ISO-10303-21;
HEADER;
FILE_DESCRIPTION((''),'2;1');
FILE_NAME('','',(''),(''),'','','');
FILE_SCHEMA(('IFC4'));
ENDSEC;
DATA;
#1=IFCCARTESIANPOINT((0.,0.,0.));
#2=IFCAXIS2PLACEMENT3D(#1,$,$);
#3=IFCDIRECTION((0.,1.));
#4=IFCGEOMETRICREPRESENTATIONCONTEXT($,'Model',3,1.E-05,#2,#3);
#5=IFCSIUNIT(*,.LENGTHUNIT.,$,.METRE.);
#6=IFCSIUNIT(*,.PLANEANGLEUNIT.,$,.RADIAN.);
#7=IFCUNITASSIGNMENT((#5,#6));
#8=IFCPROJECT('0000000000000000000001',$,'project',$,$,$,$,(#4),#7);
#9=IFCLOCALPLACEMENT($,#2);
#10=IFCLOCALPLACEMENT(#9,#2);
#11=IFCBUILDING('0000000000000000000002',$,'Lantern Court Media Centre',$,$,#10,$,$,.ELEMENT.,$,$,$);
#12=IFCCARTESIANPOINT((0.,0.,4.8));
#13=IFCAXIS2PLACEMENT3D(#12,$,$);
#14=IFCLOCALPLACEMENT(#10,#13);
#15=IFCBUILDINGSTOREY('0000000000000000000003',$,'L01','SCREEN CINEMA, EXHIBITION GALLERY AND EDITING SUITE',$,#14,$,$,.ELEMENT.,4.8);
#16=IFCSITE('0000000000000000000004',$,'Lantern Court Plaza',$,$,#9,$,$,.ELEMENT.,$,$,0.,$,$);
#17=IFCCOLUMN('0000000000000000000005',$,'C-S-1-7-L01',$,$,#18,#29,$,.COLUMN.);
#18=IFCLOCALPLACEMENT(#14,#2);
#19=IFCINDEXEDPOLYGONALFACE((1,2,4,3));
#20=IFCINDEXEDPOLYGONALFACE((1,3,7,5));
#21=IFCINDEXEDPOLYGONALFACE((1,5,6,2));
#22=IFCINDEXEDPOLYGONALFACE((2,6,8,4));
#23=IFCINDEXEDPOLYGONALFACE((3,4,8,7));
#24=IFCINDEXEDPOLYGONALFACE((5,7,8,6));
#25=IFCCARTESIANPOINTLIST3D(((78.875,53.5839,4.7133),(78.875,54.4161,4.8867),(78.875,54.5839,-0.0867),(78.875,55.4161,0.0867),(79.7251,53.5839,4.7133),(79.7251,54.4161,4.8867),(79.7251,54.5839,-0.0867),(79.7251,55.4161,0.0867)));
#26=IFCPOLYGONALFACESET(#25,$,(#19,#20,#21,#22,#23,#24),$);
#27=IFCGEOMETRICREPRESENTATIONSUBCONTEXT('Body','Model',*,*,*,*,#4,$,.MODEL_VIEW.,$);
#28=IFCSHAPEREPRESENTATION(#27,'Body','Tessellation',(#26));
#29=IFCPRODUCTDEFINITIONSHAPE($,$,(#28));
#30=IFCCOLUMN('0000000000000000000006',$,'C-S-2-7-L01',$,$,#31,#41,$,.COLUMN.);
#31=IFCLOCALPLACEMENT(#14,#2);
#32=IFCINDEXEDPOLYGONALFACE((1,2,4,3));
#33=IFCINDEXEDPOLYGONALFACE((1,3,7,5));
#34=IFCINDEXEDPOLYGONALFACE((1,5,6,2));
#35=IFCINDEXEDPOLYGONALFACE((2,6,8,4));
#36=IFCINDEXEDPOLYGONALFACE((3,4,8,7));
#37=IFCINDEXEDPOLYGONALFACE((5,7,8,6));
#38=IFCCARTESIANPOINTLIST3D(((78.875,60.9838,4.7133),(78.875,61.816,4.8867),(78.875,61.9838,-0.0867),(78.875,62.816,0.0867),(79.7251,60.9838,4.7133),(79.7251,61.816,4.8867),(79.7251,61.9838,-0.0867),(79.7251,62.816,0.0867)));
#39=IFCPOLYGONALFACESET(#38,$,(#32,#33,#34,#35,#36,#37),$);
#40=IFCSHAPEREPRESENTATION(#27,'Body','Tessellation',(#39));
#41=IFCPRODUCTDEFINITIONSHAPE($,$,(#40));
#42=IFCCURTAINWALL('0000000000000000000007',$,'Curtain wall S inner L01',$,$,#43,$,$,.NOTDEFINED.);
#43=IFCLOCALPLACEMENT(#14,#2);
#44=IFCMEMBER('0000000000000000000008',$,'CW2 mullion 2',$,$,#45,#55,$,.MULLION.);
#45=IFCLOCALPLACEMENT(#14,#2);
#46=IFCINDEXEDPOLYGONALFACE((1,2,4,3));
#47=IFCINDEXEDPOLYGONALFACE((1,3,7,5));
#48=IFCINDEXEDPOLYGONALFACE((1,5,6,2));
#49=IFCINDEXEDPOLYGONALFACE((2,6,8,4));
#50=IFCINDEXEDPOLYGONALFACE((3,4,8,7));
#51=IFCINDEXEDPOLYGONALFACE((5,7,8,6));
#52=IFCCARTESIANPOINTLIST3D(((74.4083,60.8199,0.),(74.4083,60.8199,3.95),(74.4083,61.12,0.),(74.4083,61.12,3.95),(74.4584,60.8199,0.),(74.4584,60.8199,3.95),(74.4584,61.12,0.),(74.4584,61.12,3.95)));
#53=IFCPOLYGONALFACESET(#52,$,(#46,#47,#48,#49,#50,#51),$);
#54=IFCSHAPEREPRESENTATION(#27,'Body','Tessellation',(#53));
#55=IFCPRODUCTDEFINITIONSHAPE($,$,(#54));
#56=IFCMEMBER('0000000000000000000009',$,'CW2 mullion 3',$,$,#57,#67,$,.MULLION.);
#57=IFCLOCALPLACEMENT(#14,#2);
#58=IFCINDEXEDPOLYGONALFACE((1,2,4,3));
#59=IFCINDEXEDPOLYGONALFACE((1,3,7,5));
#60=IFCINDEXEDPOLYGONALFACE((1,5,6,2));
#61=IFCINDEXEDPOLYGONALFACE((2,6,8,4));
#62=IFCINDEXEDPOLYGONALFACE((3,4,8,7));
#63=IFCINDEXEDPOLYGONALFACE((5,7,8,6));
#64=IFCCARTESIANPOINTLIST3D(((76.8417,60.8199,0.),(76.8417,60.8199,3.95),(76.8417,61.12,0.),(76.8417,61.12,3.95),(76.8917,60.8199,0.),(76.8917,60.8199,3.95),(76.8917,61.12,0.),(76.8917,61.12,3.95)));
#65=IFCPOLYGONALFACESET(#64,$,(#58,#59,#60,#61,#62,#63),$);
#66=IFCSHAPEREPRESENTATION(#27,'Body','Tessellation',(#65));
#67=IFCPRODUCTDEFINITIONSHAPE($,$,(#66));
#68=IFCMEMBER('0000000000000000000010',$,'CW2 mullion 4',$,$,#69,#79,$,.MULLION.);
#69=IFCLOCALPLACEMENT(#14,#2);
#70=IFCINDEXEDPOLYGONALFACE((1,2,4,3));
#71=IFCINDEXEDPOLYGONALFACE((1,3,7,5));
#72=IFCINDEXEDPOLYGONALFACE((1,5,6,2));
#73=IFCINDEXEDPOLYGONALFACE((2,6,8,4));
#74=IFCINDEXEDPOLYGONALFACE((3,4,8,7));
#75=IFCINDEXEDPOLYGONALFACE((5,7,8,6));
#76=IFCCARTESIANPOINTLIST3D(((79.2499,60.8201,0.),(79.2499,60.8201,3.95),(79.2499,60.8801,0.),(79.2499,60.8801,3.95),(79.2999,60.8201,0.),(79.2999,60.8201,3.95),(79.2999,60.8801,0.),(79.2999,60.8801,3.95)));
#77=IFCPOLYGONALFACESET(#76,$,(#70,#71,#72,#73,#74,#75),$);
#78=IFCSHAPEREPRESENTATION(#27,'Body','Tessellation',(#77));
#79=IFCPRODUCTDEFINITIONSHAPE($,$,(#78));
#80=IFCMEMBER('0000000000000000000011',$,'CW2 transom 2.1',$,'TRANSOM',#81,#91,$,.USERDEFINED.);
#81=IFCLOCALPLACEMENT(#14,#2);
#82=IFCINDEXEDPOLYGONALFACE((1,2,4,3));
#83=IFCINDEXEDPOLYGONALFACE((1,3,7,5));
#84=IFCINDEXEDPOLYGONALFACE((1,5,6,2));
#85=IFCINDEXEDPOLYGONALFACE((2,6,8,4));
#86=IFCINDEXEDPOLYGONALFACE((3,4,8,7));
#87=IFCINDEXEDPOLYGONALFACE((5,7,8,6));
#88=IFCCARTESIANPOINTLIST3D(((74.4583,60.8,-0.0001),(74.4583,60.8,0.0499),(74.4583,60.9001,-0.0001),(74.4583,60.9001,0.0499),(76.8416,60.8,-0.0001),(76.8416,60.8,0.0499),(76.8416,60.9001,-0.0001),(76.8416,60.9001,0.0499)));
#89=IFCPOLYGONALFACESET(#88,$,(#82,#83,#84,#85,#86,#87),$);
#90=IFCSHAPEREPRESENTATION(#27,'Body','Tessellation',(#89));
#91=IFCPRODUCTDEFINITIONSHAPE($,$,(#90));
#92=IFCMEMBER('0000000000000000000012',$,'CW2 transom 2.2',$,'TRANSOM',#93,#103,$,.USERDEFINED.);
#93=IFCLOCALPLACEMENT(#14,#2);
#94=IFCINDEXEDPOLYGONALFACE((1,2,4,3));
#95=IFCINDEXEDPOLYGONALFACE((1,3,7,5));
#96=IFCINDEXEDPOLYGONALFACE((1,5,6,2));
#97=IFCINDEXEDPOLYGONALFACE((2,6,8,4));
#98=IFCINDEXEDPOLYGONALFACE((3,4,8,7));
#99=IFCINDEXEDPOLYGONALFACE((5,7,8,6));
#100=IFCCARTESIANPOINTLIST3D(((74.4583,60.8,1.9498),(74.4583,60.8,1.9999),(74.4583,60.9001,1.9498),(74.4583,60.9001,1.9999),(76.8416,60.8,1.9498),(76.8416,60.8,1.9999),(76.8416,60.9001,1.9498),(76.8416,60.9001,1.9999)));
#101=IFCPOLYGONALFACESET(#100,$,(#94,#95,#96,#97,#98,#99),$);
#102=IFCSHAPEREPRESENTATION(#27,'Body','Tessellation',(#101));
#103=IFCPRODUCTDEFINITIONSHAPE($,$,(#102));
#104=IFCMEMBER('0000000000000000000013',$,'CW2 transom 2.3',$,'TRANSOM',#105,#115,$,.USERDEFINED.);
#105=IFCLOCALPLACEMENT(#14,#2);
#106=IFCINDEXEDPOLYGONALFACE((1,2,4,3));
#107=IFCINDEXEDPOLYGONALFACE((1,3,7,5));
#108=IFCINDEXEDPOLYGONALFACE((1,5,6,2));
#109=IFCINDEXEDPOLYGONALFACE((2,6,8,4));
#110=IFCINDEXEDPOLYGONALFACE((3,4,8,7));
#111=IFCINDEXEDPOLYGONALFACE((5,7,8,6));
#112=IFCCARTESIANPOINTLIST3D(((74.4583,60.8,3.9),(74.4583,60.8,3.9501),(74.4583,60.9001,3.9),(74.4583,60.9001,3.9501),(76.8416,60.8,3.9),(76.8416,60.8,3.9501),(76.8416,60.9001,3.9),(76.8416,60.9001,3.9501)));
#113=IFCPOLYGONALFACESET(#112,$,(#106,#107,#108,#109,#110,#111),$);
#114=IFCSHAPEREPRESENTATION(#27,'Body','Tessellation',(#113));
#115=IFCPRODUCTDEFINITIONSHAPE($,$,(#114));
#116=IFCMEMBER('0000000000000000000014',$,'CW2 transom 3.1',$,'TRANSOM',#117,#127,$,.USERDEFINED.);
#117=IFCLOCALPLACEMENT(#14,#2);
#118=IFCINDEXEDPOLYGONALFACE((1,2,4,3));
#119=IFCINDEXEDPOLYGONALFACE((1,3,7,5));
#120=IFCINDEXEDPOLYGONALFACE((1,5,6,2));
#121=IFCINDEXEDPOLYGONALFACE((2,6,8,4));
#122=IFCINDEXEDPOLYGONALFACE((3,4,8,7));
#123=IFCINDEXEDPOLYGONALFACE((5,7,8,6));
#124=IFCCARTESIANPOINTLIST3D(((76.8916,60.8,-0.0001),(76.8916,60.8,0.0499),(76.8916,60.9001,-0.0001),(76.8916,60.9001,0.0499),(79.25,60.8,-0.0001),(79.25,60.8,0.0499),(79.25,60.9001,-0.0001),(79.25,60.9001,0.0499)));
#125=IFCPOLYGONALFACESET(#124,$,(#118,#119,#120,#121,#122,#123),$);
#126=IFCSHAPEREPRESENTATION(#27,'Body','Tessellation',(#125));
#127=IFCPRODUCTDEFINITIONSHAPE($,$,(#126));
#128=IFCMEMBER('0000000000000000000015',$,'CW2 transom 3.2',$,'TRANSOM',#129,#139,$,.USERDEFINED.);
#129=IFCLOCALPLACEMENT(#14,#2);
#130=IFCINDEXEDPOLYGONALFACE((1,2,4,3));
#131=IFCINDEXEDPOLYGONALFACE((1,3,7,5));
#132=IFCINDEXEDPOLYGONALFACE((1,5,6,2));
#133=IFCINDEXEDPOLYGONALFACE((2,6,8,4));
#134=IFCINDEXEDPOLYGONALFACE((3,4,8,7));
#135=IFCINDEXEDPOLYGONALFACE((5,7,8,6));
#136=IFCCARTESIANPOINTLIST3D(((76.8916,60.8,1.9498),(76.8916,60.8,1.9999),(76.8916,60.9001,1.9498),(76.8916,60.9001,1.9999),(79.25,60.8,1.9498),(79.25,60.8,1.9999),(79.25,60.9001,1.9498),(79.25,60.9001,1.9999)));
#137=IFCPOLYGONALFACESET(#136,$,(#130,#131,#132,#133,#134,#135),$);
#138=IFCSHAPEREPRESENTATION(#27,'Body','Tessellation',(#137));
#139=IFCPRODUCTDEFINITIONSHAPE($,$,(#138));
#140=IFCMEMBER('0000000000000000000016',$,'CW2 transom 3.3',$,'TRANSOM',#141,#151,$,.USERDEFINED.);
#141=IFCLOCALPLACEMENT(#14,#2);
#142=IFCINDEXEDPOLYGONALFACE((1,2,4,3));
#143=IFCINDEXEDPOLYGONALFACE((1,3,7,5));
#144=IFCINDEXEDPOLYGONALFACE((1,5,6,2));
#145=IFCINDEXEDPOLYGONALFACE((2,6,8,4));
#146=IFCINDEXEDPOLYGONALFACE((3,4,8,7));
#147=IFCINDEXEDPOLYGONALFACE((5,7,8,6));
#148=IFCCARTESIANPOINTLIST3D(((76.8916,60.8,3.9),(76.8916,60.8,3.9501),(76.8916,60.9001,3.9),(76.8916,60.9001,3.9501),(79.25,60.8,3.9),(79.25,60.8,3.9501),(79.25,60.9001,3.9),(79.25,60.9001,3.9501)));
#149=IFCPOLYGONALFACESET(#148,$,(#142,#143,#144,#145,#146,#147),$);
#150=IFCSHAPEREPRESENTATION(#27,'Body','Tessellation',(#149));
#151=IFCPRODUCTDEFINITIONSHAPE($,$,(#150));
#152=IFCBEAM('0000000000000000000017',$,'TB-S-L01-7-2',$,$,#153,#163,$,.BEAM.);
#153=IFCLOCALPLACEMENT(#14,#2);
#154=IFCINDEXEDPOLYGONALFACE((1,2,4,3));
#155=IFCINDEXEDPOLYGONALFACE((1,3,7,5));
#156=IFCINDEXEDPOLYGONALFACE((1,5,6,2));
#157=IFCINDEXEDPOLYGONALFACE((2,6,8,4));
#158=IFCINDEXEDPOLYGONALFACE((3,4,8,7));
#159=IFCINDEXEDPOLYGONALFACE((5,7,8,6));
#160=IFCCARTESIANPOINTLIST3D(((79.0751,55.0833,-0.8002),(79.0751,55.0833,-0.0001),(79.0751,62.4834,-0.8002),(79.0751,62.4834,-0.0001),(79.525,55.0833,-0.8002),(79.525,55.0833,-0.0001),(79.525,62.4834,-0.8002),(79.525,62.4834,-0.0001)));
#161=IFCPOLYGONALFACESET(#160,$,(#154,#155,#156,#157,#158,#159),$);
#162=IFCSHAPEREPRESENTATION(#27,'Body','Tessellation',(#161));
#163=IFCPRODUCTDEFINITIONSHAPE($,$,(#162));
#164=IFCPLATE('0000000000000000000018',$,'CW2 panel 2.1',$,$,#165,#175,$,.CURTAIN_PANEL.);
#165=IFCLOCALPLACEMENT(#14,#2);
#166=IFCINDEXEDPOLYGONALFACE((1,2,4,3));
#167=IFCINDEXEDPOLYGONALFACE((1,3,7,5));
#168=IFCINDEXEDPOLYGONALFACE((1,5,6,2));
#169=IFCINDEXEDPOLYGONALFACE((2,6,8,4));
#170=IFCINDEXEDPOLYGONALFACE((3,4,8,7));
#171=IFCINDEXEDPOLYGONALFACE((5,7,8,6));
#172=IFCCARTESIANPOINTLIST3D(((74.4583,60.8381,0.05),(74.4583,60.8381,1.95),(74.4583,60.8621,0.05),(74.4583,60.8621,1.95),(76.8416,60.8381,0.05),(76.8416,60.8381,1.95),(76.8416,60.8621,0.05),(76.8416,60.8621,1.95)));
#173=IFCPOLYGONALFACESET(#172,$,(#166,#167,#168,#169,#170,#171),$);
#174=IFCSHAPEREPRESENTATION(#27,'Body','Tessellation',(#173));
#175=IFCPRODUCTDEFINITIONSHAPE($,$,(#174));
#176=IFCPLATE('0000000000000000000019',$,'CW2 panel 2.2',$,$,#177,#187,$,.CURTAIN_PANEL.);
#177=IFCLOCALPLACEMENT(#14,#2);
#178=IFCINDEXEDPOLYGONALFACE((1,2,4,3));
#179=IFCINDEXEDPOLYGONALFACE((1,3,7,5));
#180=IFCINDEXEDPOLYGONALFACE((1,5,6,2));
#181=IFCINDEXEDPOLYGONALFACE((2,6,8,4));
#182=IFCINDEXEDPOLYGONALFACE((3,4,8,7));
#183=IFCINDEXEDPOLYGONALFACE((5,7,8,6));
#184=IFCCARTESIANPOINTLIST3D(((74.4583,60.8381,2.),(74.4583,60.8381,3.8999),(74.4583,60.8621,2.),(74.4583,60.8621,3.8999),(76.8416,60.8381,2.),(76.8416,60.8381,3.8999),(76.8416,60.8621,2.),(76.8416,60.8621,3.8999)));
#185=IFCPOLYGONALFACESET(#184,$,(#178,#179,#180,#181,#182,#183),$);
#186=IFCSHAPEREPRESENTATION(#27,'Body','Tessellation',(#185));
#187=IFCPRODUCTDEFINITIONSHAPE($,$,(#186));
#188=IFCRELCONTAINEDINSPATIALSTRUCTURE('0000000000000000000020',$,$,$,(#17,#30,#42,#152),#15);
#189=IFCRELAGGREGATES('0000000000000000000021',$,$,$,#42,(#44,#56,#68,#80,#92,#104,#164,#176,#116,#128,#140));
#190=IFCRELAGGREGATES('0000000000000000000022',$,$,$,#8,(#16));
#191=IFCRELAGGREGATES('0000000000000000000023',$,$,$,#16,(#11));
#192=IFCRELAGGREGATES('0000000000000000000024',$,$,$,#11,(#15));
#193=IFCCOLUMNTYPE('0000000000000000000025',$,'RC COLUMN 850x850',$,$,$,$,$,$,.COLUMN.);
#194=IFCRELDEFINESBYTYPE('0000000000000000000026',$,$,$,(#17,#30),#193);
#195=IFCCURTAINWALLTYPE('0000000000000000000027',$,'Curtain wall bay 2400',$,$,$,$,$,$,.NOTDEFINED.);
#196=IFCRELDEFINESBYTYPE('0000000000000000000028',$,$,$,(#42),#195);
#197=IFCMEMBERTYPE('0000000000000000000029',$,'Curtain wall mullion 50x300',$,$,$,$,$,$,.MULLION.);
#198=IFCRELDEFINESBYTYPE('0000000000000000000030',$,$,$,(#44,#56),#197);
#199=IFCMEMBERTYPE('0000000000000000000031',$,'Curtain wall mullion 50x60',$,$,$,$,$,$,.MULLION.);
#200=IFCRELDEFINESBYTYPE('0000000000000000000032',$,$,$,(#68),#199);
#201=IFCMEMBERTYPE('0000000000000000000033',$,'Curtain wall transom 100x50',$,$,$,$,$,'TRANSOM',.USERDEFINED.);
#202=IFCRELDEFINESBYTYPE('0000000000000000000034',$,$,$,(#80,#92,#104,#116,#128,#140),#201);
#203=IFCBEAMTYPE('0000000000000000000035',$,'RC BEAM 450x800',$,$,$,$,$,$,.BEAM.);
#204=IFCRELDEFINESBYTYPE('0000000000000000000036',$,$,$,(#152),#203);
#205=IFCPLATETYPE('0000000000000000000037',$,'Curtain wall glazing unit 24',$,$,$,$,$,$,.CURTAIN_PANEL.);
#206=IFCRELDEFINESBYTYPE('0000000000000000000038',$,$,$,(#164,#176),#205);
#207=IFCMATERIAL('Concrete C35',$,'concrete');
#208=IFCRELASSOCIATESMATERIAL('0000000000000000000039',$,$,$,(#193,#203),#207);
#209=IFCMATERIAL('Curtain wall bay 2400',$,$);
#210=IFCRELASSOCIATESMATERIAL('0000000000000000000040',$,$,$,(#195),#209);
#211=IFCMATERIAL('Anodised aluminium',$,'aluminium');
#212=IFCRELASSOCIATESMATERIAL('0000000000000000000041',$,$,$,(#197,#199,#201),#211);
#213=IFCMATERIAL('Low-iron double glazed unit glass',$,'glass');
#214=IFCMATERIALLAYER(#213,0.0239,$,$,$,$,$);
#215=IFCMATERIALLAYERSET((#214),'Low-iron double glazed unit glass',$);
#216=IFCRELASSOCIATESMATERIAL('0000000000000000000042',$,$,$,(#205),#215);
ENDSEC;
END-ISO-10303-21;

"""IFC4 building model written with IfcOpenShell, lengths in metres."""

from ifc_helpers import new_model, si_unit, direction, frame, origin, origin_2d, place, context, subcontext, project, spatial, rectangle, extrude, material, layer, layer_set, material_profile, profile_set, type_object, element, aggregate, save


model = new_model("IFC4")

# Units and contexts
model_context = context("Model", 3, precision=1e-05, world=origin(), true_north=direction((0.0, 1.0)))
body_context = subcontext(model_context, "Body", "Model", "MODEL_VIEW")
ifc_project = project(units=[si_unit("LENGTHUNIT", "METRE"), si_unit("PLANEANGLEUNIT", "RADIAN")], contexts=[model_context])

# Site, building, storey
site_placement = place(None, origin())
site = spatial("IfcSite", under=ifc_project, at=site_placement, Name="Lantern Court Plaza", CompositionType="ELEMENT", RefElevation=0.0)
building_placement = place(site_placement, origin())
building = spatial("IfcBuilding", under=site, at=building_placement, Name="Lantern Court Media Centre", CompositionType="ELEMENT")
storey_placement = place(building_placement, frame((0.0, 0.0, 4.8)))
storey = spatial("IfcBuildingStorey", under=building, at=storey_placement, Name="L01", Description="SCREEN CINEMA, EXHIBITION GALLERY AND EDITING SUITE", CompositionType="ELEMENT", Elevation=4.8)

# Columns
ifc_material_1 = material(Name="Concrete C35", Category="concrete")
ifc_material_profile_1 = material_profile(ifc_material_1, rectangle(XDim=0.8501, YDim=0.8501, at=origin_2d()), Name="RC 850x850")
ifc_profile_set_1 = profile_set([ifc_material_profile_1], Name="Concrete C35")
column_type = type_object("IfcColumnType", Name="RC COLUMN 850x850", PredefinedType="COLUMN", material=ifc_profile_set_1)
for number, where, z_axis, x_axis, name in (
    (1, (79.3, 55.0, 0.0), (0.0, -0.203952, 0.978981), (1.0, 0.0, 0.0), "C-S-1-7-L01"),
    (2, (79.3, 62.3999, 0.0), (0.0, -0.203952, 0.978981), (1.0, 0.0, 0.0), "C-S-2-7-L01"),
):
    element("IfcColumn", number, at=place(storey_placement, frame(where, z_axis=z_axis, x_axis=x_axis)), inside=storey, type_object=column_type, Name=name, PredefinedType="COLUMN", context=body_context, shape_type="SweptSolid", body=[
        extrude(rectangle(XDim=0.8501, YDim=0.8501, at=origin_2d()), origin(), (0.0, 0.0, 1.0), 4.9031),
    ])

# Curtain wall, members
ifc_material_2 = material(Name="Curtain wall bay 2400")
curtain_wall_type = type_object("IfcCurtainWallType", Name="Curtain wall bay 2400", PredefinedType="NOTDEFINED", material=ifc_material_2)
curtain_wall_placement = place(storey_placement, origin())
curtain_wall = element("IfcCurtainWall", 3, at=curtain_wall_placement, inside=storey, type_object=curtain_wall_type, Name="Curtain wall S inner L01", PredefinedType="NOTDEFINED")
ifc_material_3 = material(Name="Anodised aluminium", Category="aluminium")
ifc_material_profile_2 = material_profile(ifc_material_3, rectangle(XDim=0.3, YDim=0.05, at=origin_2d()), Name="AL 50x300")
ifc_profile_set_2 = profile_set([ifc_material_profile_2], Name="Anodised aluminium")
member_type_1 = type_object("IfcMemberType", Name="Curtain wall mullion 50x300", PredefinedType="MULLION", material=ifc_profile_set_2)
member_1_placement = place(storey_placement, frame((74.4333, 60.97, 0.0), z_axis=(0.0, 0.0, 1.0), x_axis=(0.0, 1.0, 0.0)))
member_1 = element("IfcMember", 4, at=member_1_placement, type_object=member_type_1, Name="CW2 mullion 2", PredefinedType="MULLION", context=body_context, shape_type="SweptSolid", body=[
    extrude(rectangle(XDim=0.3, YDim=0.05, at=origin_2d()), origin(), (0.0, 0.0, 1.0), 3.95),
])
member_2_placement = place(storey_placement, frame((76.8667, 60.97, 0.0), z_axis=(0.0, 0.0, 1.0), x_axis=(0.0, 1.0, 0.0)))
member_2 = element("IfcMember", 5, at=member_2_placement, type_object=member_type_1, Name="CW2 mullion 3", PredefinedType="MULLION", context=body_context, shape_type="SweptSolid", body=[
    extrude(rectangle(XDim=0.3, YDim=0.05, at=origin_2d()), origin(), (0.0, 0.0, 1.0), 3.95),
])
ifc_material_profile_3 = material_profile(ifc_material_3, rectangle(XDim=0.0601, YDim=0.05, at=origin_2d()), Name="AL 50x60")
ifc_profile_set_3 = profile_set([ifc_material_profile_3], Name="Anodised aluminium")
member_type_2 = type_object("IfcMemberType", Name="Curtain wall mullion 50x60", PredefinedType="MULLION", material=ifc_profile_set_3)
member_3_placement = place(storey_placement, frame((79.2749, 60.8501, 0.0), z_axis=(0.0, 0.0, 1.0), x_axis=(0.0, 1.0, 0.0)))
member_3 = element("IfcMember", 6, at=member_3_placement, type_object=member_type_2, Name="CW2 mullion 4", PredefinedType="MULLION", context=body_context, shape_type="SweptSolid", body=[
    extrude(rectangle(XDim=0.0601, YDim=0.05, at=origin_2d()), origin(), (0.0, 0.0, 1.0), 3.95),
])
ifc_material_profile_4 = material_profile(ifc_material_3, rectangle(XDim=0.1001, YDim=0.05, at=origin_2d()), Name="AL 50x100")
ifc_profile_set_4 = profile_set([ifc_material_profile_4], Name="Anodised aluminium")
member_type_3 = type_object("IfcMemberType", Name="Curtain wall transom 100x50", ElementType="TRANSOM", PredefinedType="USERDEFINED", material=ifc_profile_set_4)
member_4_placement = place(storey_placement, frame((74.4583, 60.8501, 0.0249), z_axis=(1.0, 0.0, 0.0), x_axis=(0.0, 1.0, 0.0)))
member_4 = element("IfcMember", 7, at=member_4_placement, type_object=member_type_3, Name="CW2 transom 2.1", ObjectType="TRANSOM", PredefinedType="USERDEFINED", context=body_context, shape_type="SweptSolid", body=[
    extrude(rectangle(XDim=0.1001, YDim=0.05, at=origin_2d()), origin(), (0.0, 0.0, 1.0), 2.3833),
])
member_5_placement = place(storey_placement, frame((74.4583, 60.8501, 1.9749), z_axis=(1.0, 0.0, 0.0), x_axis=(0.0, 1.0, 0.0)))
member_5 = element("IfcMember", 8, at=member_5_placement, type_object=member_type_3, Name="CW2 transom 2.2", ObjectType="TRANSOM", PredefinedType="USERDEFINED", context=body_context, shape_type="SweptSolid", body=[
    extrude(rectangle(XDim=0.1001, YDim=0.05, at=origin_2d()), origin(), (0.0, 0.0, 1.0), 2.3833),
])
member_6_placement = place(storey_placement, frame((74.4583, 60.8501, 3.925), z_axis=(1.0, 0.0, 0.0), x_axis=(0.0, 1.0, 0.0)))
member_6 = element("IfcMember", 9, at=member_6_placement, type_object=member_type_3, Name="CW2 transom 2.3", ObjectType="TRANSOM", PredefinedType="USERDEFINED", context=body_context, shape_type="SweptSolid", body=[
    extrude(rectangle(XDim=0.1001, YDim=0.05, at=origin_2d()), origin(), (0.0, 0.0, 1.0), 2.3833),
])
member_7_placement = place(storey_placement, frame((76.8916, 60.8501, 0.0249), z_axis=(1.0, 0.0, 0.0), x_axis=(0.0, 1.0, 0.0)))
member_7 = element("IfcMember", 10, at=member_7_placement, type_object=member_type_3, Name="CW2 transom 3.1", ObjectType="TRANSOM", PredefinedType="USERDEFINED", context=body_context, shape_type="SweptSolid", body=[
    extrude(rectangle(XDim=0.1001, YDim=0.05, at=origin_2d()), origin(), (0.0, 0.0, 1.0), 2.3584),
])
member_8_placement = place(storey_placement, frame((76.8916, 60.8501, 1.9749), z_axis=(1.0, 0.0, 0.0), x_axis=(0.0, 1.0, 0.0)))
member_8 = element("IfcMember", 11, at=member_8_placement, type_object=member_type_3, Name="CW2 transom 3.2", ObjectType="TRANSOM", PredefinedType="USERDEFINED", context=body_context, shape_type="SweptSolid", body=[
    extrude(rectangle(XDim=0.1001, YDim=0.05, at=origin_2d()), origin(), (0.0, 0.0, 1.0), 2.3584),
])
member_9_placement = place(storey_placement, frame((76.8916, 60.8501, 3.925), z_axis=(1.0, 0.0, 0.0), x_axis=(0.0, 1.0, 0.0)))
member_9 = element("IfcMember", 12, at=member_9_placement, type_object=member_type_3, Name="CW2 transom 3.3", ObjectType="TRANSOM", PredefinedType="USERDEFINED", context=body_context, shape_type="SweptSolid", body=[
    extrude(rectangle(XDim=0.1001, YDim=0.05, at=origin_2d()), origin(), (0.0, 0.0, 1.0), 2.3584),
])

# Beam
ifc_material_profile_5 = material_profile(ifc_material_1, rectangle(XDim=0.45, YDim=0.8, at=origin_2d()), Name="RC 450x800")
ifc_profile_set_5 = profile_set([ifc_material_profile_5], Name="Concrete C35")
beam_type = type_object("IfcBeamType", Name="RC BEAM 450x800", PredefinedType="BEAM", material=ifc_profile_set_5)
beam_placement = place(storey_placement, frame((79.3, 55.0833, -0.4001), z_axis=(0.0, 1.0, 0.0), x_axis=(-1.0, 0.0, 0.0)))
element("IfcBeam", 13, at=beam_placement, inside=storey, type_object=beam_type, Name="TB-S-L01-7-2", PredefinedType="BEAM", context=body_context, shape_type="SweptSolid", body=[
    extrude(rectangle(XDim=0.45, YDim=0.8, at=origin_2d()), origin(), (0.0, 0.0, 1.0), 7.4001),
])

# Plates
ifc_material_4 = material(Name="Low-iron double glazed unit glass", Category="glass")
ifc_layer_1 = layer(ifc_material_4, 0.0239)
ifc_layer_set_1 = layer_set([ifc_layer_1], Name="Low-iron double glazed unit glass")
plate_type = type_object("IfcPlateType", Name="Curtain wall glazing unit 24", PredefinedType="CURTAIN_PANEL", material=ifc_layer_set_1)
plate_1_placement = place(storey_placement, frame((75.6499, 60.8501, 0.05), z_axis=(0.0, 0.0, 1.0), x_axis=(1.0, 0.0, 0.0)))
plate_1 = element("IfcPlate", 14, at=plate_1_placement, type_object=plate_type, Name="CW2 panel 2.1", PredefinedType="CURTAIN_PANEL", context=body_context, shape_type="SweptSolid", body=[
    extrude(rectangle(XDim=2.3833, YDim=0.0239, at=origin_2d()), origin(), (0.0, 0.0, 1.0), 1.8999),
])
plate_2_placement = place(storey_placement, frame((75.6499, 60.8501, 2.0), z_axis=(0.0, 0.0, 1.0), x_axis=(1.0, 0.0, 0.0)))
plate_2 = element("IfcPlate", 15, at=plate_2_placement, type_object=plate_type, Name="CW2 panel 2.2", PredefinedType="CURTAIN_PANEL", context=body_context, shape_type="SweptSolid", body=[
    extrude(rectangle(XDim=2.3833, YDim=0.0239, at=origin_2d()), origin(), (0.0, 0.0, 1.0), 1.8999),
])
aggregate(curtain_wall, [member_1, member_2, member_3, member_4, member_5, member_6, plate_1, plate_2, member_7, member_8, member_9])

save(model, "model.ifc")
